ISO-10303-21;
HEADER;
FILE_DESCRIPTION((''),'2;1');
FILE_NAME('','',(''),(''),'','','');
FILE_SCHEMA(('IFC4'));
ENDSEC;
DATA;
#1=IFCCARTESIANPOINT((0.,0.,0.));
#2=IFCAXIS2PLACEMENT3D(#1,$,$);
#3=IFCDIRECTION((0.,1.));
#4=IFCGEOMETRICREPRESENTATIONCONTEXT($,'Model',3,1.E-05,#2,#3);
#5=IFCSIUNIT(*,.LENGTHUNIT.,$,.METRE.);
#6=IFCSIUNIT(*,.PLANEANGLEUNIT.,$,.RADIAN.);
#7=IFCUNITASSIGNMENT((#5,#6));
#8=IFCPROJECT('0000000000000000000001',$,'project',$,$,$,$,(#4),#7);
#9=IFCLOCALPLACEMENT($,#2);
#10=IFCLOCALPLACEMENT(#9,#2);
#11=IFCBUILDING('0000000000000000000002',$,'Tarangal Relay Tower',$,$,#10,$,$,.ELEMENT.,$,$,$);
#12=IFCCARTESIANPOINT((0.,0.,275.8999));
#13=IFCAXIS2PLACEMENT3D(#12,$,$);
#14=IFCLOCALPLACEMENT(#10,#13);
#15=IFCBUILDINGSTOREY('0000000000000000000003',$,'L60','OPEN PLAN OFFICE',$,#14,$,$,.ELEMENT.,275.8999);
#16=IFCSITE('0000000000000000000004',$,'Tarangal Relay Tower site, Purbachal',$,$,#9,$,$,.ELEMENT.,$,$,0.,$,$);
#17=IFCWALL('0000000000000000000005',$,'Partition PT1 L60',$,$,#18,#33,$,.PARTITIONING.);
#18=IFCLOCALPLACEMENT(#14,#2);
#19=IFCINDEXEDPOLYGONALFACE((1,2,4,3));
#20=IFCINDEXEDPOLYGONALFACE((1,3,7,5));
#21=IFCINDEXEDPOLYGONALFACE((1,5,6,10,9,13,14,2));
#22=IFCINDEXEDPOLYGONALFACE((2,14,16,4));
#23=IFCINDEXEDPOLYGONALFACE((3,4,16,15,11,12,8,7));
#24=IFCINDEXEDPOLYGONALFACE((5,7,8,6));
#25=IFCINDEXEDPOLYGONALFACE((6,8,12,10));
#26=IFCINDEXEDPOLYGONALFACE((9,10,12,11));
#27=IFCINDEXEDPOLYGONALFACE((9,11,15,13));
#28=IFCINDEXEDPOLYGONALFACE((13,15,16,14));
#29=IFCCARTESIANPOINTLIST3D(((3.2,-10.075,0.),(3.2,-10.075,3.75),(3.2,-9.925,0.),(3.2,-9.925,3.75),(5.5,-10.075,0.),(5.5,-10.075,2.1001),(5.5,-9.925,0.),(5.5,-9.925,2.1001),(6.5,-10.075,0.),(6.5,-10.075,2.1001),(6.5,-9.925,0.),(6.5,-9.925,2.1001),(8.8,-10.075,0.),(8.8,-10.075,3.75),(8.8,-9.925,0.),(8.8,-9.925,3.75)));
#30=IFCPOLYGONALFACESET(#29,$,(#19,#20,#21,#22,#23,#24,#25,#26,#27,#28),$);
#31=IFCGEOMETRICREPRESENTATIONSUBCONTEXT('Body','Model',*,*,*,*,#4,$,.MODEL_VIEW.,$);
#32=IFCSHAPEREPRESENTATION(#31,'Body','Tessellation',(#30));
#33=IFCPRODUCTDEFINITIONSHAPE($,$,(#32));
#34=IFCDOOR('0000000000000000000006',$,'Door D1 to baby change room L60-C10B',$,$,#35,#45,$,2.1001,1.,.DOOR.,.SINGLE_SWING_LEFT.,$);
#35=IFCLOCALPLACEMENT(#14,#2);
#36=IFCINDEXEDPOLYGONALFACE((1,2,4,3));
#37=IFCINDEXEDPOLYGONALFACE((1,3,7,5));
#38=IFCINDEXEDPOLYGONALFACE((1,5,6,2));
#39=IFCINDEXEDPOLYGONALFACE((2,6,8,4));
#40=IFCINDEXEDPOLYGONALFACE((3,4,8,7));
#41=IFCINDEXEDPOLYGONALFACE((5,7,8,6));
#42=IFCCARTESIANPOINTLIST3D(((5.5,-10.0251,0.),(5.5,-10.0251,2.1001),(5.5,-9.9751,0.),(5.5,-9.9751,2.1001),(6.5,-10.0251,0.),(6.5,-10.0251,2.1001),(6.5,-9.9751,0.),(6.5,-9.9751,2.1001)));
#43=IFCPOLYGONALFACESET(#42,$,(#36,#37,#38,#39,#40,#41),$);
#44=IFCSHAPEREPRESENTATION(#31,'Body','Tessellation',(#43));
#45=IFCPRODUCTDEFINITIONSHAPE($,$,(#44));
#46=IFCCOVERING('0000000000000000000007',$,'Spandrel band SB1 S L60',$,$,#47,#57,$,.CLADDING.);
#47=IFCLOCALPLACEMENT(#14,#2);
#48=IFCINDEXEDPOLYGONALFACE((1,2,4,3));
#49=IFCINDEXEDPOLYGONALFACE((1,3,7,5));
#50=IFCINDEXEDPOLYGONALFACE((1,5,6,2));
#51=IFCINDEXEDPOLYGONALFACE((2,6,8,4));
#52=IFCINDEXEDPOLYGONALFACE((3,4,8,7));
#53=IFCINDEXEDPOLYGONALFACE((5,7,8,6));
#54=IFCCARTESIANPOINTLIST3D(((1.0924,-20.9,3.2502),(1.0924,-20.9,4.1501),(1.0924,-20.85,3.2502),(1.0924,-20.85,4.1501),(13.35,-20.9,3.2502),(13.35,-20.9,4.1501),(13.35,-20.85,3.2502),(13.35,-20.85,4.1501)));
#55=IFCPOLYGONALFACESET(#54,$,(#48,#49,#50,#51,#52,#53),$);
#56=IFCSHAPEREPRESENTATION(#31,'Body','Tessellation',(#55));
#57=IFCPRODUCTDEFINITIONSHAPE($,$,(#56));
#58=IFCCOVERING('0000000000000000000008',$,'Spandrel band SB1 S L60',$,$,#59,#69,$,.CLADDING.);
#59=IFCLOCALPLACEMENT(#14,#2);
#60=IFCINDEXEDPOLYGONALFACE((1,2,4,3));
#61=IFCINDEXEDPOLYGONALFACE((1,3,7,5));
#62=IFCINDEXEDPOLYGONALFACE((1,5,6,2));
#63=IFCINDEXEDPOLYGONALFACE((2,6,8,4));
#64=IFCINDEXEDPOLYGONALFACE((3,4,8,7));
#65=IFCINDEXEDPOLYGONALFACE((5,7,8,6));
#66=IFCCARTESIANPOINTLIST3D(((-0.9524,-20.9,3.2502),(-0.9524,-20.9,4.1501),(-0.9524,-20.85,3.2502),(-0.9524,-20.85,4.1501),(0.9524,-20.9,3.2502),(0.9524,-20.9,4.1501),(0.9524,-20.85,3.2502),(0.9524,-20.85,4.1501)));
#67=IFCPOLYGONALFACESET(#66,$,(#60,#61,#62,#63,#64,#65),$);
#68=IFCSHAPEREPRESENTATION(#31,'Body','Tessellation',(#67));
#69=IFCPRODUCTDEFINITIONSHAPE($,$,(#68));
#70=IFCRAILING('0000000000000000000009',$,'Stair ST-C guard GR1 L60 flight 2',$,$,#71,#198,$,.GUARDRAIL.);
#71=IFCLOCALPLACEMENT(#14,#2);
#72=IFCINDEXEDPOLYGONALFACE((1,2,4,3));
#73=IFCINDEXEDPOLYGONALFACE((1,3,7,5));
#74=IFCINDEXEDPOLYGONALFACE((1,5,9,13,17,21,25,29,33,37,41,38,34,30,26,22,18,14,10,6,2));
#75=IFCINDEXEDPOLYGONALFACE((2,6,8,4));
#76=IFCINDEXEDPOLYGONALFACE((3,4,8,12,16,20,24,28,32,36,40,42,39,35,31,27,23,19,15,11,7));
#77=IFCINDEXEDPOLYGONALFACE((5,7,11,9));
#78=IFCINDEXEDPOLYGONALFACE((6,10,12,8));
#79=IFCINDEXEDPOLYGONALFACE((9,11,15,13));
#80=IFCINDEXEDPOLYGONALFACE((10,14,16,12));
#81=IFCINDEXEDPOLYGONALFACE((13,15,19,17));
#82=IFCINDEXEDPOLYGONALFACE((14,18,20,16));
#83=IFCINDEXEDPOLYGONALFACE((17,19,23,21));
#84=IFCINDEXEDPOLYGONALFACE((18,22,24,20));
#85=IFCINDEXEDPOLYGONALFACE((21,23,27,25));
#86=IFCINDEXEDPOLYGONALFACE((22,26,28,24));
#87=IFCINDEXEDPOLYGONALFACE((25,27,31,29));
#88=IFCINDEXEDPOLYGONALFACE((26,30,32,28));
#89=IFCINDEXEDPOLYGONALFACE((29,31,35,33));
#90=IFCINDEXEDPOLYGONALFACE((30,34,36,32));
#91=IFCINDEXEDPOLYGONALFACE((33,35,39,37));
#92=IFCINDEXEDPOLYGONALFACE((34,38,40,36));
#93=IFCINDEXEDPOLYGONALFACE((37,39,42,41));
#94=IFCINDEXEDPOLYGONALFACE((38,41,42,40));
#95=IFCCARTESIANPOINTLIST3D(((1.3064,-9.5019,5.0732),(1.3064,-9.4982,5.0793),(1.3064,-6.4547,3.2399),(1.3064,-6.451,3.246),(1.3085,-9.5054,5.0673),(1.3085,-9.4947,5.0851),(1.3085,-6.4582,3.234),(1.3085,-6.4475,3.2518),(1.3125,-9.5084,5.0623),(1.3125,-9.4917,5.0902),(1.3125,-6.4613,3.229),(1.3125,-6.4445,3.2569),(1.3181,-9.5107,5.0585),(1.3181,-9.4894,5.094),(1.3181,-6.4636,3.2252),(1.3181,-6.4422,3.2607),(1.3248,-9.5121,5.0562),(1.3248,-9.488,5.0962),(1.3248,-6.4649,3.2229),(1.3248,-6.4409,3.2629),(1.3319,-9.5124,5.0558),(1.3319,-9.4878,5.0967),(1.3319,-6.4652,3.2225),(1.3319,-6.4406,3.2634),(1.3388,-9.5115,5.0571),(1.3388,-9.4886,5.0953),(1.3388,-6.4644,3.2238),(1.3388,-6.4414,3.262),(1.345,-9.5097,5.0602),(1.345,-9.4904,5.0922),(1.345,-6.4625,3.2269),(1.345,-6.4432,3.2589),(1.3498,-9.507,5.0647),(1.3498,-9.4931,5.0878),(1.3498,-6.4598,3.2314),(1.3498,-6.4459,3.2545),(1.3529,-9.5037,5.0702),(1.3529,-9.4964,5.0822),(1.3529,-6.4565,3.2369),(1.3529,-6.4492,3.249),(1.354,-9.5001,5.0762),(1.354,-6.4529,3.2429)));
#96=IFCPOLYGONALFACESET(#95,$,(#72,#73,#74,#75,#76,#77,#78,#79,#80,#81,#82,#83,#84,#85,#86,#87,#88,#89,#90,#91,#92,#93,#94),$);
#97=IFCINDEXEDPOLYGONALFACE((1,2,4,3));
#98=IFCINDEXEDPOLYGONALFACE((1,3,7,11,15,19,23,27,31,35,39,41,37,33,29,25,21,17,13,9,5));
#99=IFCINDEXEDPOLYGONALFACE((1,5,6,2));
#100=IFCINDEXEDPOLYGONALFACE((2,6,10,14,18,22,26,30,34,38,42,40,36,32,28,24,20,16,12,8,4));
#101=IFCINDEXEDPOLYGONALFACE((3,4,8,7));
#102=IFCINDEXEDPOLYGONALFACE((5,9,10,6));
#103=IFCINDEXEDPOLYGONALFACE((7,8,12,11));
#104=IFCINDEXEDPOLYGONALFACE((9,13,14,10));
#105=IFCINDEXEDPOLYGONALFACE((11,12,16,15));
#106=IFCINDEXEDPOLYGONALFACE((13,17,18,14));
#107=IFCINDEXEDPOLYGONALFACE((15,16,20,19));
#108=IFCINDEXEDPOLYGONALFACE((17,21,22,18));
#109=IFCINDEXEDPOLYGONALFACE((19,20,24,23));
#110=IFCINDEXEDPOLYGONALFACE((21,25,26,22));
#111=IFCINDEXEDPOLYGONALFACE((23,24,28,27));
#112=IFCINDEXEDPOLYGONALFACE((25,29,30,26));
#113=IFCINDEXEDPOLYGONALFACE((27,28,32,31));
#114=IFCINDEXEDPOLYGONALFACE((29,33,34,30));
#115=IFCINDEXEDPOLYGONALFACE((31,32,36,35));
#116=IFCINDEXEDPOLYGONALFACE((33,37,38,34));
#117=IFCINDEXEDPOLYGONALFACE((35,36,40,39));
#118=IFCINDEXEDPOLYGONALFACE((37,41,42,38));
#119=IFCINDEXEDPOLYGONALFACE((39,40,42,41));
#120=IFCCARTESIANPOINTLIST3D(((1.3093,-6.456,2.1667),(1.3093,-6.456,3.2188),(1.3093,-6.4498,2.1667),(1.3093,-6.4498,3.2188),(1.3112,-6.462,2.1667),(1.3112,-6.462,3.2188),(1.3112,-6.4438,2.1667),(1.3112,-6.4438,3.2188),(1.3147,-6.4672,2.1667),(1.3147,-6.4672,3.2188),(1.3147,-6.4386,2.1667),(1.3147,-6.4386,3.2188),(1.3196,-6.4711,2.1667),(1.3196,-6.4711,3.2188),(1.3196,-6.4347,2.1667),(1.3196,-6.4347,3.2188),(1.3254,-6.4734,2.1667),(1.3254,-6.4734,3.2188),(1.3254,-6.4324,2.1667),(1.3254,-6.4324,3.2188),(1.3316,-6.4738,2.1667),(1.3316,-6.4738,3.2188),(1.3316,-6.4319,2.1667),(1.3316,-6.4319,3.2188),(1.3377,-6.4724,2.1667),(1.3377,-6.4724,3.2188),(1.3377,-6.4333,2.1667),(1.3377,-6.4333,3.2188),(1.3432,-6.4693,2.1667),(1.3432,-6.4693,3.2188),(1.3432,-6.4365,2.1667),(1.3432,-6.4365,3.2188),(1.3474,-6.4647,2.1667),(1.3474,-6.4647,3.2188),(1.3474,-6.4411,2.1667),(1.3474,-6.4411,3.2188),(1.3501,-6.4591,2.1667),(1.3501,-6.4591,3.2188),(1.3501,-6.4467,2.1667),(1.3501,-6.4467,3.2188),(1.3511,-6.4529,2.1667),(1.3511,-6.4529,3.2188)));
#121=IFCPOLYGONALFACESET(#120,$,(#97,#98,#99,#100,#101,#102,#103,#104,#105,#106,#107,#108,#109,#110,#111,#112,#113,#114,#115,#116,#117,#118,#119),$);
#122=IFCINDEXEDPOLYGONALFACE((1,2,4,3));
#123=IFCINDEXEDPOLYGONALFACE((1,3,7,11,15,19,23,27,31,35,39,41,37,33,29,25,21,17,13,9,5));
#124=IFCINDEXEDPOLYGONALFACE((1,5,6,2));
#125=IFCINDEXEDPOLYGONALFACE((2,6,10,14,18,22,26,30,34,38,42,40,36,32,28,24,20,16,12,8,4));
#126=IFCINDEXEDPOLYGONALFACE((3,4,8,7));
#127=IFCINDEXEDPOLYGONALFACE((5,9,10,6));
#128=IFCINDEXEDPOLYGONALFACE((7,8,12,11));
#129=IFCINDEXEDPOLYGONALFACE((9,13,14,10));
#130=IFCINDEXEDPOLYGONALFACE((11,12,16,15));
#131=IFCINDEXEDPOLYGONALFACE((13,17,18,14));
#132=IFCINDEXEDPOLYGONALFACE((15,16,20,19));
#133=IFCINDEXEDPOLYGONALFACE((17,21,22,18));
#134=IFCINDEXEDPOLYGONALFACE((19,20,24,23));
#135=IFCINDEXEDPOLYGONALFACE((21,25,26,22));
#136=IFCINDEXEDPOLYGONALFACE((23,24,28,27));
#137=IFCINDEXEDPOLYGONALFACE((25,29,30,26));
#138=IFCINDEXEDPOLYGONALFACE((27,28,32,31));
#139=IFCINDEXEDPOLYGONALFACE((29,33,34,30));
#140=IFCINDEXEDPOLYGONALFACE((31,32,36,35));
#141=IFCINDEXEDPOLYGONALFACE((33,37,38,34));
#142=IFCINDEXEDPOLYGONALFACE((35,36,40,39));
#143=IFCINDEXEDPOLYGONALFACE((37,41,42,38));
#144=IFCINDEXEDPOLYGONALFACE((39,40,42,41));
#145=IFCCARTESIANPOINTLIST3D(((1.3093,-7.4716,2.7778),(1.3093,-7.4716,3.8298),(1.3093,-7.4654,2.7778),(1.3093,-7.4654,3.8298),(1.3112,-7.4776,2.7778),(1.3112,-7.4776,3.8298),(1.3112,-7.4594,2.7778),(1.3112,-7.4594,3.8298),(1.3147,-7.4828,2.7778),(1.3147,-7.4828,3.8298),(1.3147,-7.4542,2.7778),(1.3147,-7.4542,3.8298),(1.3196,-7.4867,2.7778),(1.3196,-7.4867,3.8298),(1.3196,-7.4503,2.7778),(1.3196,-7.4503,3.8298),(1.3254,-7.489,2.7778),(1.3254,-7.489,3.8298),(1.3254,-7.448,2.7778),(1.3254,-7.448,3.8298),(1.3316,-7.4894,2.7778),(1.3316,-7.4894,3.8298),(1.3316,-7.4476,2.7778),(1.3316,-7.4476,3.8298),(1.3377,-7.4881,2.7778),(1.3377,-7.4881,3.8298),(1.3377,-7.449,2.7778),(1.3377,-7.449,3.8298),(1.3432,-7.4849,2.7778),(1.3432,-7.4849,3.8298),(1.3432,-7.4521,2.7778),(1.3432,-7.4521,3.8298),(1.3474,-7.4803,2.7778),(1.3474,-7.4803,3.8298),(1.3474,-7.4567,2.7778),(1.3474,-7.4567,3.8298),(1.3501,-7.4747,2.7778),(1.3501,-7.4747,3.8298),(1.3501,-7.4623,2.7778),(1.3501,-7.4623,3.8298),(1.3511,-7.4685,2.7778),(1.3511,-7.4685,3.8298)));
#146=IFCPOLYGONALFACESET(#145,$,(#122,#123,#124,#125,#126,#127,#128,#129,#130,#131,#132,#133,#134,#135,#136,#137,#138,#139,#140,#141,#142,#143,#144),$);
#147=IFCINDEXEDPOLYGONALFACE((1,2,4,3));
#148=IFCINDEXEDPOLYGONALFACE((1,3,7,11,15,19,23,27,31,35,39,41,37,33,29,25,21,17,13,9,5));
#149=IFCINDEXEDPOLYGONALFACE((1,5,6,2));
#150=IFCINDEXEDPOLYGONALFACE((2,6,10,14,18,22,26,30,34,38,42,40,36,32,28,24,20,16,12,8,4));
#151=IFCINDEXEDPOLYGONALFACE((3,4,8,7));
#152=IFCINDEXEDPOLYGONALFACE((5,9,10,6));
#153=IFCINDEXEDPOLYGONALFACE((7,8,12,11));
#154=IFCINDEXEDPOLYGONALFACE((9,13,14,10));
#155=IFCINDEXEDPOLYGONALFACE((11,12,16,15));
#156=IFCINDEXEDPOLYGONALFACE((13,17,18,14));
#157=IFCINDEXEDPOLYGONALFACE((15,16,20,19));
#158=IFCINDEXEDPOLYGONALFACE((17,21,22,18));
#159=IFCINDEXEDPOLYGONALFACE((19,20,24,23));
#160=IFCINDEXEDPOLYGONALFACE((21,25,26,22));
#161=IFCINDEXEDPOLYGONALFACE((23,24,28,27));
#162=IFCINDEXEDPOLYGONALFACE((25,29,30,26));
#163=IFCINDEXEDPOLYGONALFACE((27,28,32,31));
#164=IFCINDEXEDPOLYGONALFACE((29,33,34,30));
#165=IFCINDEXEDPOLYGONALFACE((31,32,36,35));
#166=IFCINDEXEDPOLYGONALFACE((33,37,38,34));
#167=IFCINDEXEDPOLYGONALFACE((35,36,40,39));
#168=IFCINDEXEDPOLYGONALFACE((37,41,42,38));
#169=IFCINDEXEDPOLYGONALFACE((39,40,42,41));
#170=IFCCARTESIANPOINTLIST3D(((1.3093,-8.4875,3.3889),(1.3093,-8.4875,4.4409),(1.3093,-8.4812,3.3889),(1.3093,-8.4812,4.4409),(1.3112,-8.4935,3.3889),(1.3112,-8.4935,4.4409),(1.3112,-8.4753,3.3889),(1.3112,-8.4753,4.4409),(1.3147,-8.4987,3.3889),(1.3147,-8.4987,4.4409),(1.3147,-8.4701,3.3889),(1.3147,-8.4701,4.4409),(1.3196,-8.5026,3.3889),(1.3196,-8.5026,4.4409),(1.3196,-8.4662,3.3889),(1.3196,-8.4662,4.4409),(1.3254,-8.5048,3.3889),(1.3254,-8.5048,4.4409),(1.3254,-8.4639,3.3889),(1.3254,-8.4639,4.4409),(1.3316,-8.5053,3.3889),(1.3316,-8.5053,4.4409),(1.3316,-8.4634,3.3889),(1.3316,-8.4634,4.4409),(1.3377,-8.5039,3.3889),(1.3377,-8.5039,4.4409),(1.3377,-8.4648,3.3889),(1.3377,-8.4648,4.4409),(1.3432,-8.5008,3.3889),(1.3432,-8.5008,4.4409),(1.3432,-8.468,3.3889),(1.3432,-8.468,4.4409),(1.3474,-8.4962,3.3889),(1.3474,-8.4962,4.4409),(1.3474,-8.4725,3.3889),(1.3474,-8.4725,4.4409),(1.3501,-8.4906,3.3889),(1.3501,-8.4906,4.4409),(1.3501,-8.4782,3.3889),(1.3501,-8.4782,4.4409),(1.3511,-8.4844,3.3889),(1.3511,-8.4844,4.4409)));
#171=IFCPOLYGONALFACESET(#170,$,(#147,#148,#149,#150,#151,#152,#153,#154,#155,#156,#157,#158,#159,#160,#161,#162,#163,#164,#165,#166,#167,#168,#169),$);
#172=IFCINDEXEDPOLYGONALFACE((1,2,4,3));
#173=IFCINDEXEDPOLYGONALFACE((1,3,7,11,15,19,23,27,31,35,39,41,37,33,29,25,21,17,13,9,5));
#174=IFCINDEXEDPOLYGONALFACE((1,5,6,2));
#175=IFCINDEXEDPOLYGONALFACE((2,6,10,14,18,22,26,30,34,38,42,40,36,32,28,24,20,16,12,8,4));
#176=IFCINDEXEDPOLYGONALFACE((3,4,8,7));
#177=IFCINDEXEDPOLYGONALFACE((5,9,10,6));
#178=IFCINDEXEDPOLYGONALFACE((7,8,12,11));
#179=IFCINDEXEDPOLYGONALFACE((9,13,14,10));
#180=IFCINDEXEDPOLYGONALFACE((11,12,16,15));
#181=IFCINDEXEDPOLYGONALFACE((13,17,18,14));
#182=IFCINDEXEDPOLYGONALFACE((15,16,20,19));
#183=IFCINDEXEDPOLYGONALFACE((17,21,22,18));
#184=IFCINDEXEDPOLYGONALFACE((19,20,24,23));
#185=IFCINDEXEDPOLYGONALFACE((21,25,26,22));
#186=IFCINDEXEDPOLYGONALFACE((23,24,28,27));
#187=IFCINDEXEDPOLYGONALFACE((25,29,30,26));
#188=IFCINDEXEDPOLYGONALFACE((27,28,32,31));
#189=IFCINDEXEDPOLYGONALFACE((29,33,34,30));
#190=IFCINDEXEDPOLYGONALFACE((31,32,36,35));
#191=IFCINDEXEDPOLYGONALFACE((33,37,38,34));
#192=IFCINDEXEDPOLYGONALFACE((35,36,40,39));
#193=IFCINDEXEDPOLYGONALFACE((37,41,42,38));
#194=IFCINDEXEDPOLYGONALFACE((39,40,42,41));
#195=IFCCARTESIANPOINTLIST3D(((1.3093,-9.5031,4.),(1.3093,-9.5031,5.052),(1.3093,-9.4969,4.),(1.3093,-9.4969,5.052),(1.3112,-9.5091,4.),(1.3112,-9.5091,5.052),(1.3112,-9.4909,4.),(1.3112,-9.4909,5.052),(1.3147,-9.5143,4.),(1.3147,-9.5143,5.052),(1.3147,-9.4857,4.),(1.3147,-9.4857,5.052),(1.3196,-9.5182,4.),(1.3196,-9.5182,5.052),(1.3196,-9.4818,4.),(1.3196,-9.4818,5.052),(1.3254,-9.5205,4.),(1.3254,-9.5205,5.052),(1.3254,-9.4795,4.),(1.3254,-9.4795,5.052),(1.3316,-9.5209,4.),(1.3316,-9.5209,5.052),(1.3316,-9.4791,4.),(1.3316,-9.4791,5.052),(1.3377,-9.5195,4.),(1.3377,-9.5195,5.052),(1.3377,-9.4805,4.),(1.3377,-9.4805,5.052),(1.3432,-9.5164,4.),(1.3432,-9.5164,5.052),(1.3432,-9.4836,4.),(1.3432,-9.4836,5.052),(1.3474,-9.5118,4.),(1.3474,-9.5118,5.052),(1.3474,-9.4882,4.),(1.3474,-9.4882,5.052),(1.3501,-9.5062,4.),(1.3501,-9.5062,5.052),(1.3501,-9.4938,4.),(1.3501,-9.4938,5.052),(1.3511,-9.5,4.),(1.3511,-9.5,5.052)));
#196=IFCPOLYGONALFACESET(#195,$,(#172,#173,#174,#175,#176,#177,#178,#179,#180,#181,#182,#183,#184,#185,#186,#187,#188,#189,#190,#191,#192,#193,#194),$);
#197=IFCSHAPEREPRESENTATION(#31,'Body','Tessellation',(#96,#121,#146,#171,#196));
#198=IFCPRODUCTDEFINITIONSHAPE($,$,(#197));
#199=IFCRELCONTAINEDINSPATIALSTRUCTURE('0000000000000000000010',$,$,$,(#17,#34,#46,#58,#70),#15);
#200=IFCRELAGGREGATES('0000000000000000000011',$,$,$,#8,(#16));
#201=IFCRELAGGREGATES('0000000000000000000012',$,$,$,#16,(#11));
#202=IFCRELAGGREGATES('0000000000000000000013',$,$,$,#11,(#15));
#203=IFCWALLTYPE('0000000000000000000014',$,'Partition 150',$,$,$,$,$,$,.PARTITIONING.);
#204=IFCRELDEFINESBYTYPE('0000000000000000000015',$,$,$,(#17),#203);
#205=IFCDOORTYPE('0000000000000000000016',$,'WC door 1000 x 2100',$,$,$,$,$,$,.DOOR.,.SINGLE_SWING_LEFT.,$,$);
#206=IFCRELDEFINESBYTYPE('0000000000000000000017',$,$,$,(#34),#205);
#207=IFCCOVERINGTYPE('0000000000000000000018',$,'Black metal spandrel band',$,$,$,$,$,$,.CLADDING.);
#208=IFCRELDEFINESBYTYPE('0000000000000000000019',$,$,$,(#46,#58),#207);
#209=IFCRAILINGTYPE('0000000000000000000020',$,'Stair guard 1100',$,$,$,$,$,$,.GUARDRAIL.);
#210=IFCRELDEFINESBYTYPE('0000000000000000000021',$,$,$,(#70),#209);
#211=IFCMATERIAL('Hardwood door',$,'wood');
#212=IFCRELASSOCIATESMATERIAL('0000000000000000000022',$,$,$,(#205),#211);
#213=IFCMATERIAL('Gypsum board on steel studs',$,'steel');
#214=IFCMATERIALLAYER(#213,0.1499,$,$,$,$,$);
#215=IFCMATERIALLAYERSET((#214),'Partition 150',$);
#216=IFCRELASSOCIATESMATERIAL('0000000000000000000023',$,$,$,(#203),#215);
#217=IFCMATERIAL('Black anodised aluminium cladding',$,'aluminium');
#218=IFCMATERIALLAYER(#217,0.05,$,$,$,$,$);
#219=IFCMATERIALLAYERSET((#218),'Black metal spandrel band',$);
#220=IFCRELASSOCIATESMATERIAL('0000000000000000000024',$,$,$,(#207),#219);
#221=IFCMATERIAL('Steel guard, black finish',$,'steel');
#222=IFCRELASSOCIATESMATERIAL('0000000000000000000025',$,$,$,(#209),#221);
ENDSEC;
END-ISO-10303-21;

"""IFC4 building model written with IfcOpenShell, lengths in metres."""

from ifc_helpers import new_model, si_unit, direction, frame, frame_2d, origin, origin_2d, place, context, subcontext, project, spatial, rectangle, circle, extrude, material, layer, layer_set, type_object, element, fill, save


model = new_model("IFC4")

# Units and contexts
model_context = context("Model", 3, precision=1e-05, world=origin(), true_north=direction((0.0, 1.0)))
body_context = subcontext(model_context, "Body", "Model", "MODEL_VIEW")
ifc_project = project(units=[si_unit("LENGTHUNIT", "METRE"), si_unit("PLANEANGLEUNIT", "RADIAN")], contexts=[model_context])

# Site, building, storey
site_placement = place(None, origin())
site = spatial("IfcSite", under=ifc_project, at=site_placement, Name="Tarangal Relay Tower site, Purbachal", CompositionType="ELEMENT", RefElevation=0.0)
building_placement = place(site_placement, origin())
building = spatial("IfcBuilding", under=site, at=building_placement, Name="Tarangal Relay Tower", CompositionType="ELEMENT")
storey_placement = place(building_placement, frame((0.0, 0.0, 275.8999)))
storey = spatial("IfcBuildingStorey", under=building, at=storey_placement, Name="L60", Description="OPEN PLAN OFFICE", CompositionType="ELEMENT", Elevation=275.8999)

# Shared definitions
ifc_material_1 = material(Name="Hardwood door", Category="wood")
door_type = type_object("IfcDoorType", Name="WC door 1000 x 2100", OperationType="SINGLE_SWING_LEFT", PredefinedType="DOOR", material=ifc_material_1)

# Shared definitions
ifc_material_2 = material(Name="Gypsum board on steel studs", Category="steel")
ifc_layer_1 = layer(ifc_material_2, 0.1499)
ifc_layer_set_1 = layer_set([ifc_layer_1], Name="Partition 150")
wall_type_1 = type_object("IfcWallType", Name="Partition 150", PredefinedType="PARTITIONING", material=ifc_layer_set_1)

# Wall, opening, door
wall_1_placement = place(storey_placement, frame((3.2, -10.0, 0.0), z_axis=(0.0, 0.0, 1.0), x_axis=(1.0, 0.0, 0.0)))
wall_1 = element("IfcWall", 1, at=wall_1_placement, inside=storey, type_object=wall_type_1, Name="Partition PT1 L60", PredefinedType="PARTITIONING", context=body_context, shape_type="SweptSolid", body=[
    extrude(rectangle(XDim=5.6001, YDim=0.1499, at=frame_2d((2.8, 0.0))), origin(), (0.0, 0.0, 1.0), 3.75),
])
opening_1_placement = place(wall_1_placement, frame((2.3, 0.0, 0.0)))
opening_1 = element("IfcOpeningElement", 2, at=opening_1_placement, cuts=wall_1, PredefinedType="OPENING", context=body_context, shape_type="SweptSolid", body=[
    extrude(rectangle(XDim=1.0, YDim=2.1001, at=frame_2d((0.5, 1.05))), frame((0.0, 0.085, 0.0), z_axis=(0.0, -1.0, 0.0), x_axis=(1.0, 0.0, 0.0)), (0.0, 0.0, 1.0), 0.1699),
])
door_1_placement = place(opening_1_placement, origin())
door_1 = element("IfcDoor", 3, at=door_1_placement, inside=storey, type_object=door_type, Name="Door D1 to baby change room L60-C10B", OperationType="SINGLE_SWING_LEFT", OverallHeight=2.1001, OverallWidth=1.0, PredefinedType="DOOR", context=body_context, shape_type="SweptSolid", body=[
    extrude(rectangle(XDim=1.0, YDim=2.1001, at=frame_2d((0.5, 1.05))), frame((0.0, 0.0249, 0.0), z_axis=(0.0, -1.0, 0.0), x_axis=(1.0, 0.0, 0.0)), (0.0, 0.0, 1.0), 0.05),
])
fill(opening_1, door_1)

# Coverings
ifc_material_3 = material(Name="Black anodised aluminium cladding", Category="aluminium")
ifc_layer_2 = layer(ifc_material_3, 0.05)
ifc_layer_set_2 = layer_set([ifc_layer_2], Name="Black metal spandrel band")
covering_type = type_object("IfcCoveringType", Name="Black metal spandrel band", PredefinedType="CLADDING", material=ifc_layer_set_2)
covering_1_placement = place(storey_placement, frame((7.2212, -20.875, 3.2502), z_axis=(0.0, 0.0, 1.0), x_axis=(-1.0, 0.0, 0.0)))
element("IfcCovering", 4, at=covering_1_placement, inside=storey, type_object=covering_type, Name="Spandrel band SB1 S L60", PredefinedType="CLADDING", context=body_context, shape_type="SweptSolid", body=[
    extrude(rectangle(XDim=12.2576, YDim=0.05, at=origin_2d()), origin(), (0.0, 0.0, 1.0), 0.8999),
])
covering_2_placement = place(storey_placement, frame((0.0, -20.875, 3.2502), z_axis=(0.0, 0.0, 1.0), x_axis=(-1.0, 0.0, 0.0)))
element("IfcCovering", 5, at=covering_2_placement, inside=storey, type_object=covering_type, Name="Spandrel band SB1 S L60", PredefinedType="CLADDING", context=body_context, shape_type="SweptSolid", body=[
    extrude(rectangle(XDim=1.9048, YDim=0.05, at=origin_2d()), origin(), (0.0, 0.0, 1.0), 0.8999),
])

# Railing
ifc_material_4 = material(Name="Steel guard, black finish", Category="steel")
railing_type = type_object("IfcRailingType", Name="Stair guard 1100", PredefinedType="GUARDRAIL", material=ifc_material_4)
railing_placement = place(storey_placement, frame((1.3301, -6.4529, 2.1667)))
element("IfcRailing", 6, at=railing_placement, inside=storey, type_object=railing_type, Name="Stair ST-C guard GR1 L60 flight 2", PredefinedType="GUARDRAIL", context=body_context, shape_type="SweptSolid", body=[
    extrude(circle(Radius=0.0239, at=origin_2d()), frame((0.0, 0.0, 1.0762), z_axis=(0.0, -0.856874, 0.515525), x_axis=(1.0, 0.0, 0.0)), (0.0, 0.0, 1.0), 3.5562),
    extrude(circle(Radius=0.021, at=origin_2d()), origin(), (0.0, 0.0, 1.0), 1.052),
    extrude(circle(Radius=0.021, at=origin_2d()), frame((0.0, -1.0156, 0.6111)), (0.0, 0.0, 1.0), 1.052),
    extrude(circle(Radius=0.021, at=origin_2d()), frame((0.0, -2.0315, 1.2222)), (0.0, 0.0, 1.0), 1.052),
    extrude(circle(Radius=0.021, at=origin_2d()), frame((0.0, -3.0471, 1.8333)), (0.0, 0.0, 1.0), 1.052),
])

save(model, "model.ifc")
